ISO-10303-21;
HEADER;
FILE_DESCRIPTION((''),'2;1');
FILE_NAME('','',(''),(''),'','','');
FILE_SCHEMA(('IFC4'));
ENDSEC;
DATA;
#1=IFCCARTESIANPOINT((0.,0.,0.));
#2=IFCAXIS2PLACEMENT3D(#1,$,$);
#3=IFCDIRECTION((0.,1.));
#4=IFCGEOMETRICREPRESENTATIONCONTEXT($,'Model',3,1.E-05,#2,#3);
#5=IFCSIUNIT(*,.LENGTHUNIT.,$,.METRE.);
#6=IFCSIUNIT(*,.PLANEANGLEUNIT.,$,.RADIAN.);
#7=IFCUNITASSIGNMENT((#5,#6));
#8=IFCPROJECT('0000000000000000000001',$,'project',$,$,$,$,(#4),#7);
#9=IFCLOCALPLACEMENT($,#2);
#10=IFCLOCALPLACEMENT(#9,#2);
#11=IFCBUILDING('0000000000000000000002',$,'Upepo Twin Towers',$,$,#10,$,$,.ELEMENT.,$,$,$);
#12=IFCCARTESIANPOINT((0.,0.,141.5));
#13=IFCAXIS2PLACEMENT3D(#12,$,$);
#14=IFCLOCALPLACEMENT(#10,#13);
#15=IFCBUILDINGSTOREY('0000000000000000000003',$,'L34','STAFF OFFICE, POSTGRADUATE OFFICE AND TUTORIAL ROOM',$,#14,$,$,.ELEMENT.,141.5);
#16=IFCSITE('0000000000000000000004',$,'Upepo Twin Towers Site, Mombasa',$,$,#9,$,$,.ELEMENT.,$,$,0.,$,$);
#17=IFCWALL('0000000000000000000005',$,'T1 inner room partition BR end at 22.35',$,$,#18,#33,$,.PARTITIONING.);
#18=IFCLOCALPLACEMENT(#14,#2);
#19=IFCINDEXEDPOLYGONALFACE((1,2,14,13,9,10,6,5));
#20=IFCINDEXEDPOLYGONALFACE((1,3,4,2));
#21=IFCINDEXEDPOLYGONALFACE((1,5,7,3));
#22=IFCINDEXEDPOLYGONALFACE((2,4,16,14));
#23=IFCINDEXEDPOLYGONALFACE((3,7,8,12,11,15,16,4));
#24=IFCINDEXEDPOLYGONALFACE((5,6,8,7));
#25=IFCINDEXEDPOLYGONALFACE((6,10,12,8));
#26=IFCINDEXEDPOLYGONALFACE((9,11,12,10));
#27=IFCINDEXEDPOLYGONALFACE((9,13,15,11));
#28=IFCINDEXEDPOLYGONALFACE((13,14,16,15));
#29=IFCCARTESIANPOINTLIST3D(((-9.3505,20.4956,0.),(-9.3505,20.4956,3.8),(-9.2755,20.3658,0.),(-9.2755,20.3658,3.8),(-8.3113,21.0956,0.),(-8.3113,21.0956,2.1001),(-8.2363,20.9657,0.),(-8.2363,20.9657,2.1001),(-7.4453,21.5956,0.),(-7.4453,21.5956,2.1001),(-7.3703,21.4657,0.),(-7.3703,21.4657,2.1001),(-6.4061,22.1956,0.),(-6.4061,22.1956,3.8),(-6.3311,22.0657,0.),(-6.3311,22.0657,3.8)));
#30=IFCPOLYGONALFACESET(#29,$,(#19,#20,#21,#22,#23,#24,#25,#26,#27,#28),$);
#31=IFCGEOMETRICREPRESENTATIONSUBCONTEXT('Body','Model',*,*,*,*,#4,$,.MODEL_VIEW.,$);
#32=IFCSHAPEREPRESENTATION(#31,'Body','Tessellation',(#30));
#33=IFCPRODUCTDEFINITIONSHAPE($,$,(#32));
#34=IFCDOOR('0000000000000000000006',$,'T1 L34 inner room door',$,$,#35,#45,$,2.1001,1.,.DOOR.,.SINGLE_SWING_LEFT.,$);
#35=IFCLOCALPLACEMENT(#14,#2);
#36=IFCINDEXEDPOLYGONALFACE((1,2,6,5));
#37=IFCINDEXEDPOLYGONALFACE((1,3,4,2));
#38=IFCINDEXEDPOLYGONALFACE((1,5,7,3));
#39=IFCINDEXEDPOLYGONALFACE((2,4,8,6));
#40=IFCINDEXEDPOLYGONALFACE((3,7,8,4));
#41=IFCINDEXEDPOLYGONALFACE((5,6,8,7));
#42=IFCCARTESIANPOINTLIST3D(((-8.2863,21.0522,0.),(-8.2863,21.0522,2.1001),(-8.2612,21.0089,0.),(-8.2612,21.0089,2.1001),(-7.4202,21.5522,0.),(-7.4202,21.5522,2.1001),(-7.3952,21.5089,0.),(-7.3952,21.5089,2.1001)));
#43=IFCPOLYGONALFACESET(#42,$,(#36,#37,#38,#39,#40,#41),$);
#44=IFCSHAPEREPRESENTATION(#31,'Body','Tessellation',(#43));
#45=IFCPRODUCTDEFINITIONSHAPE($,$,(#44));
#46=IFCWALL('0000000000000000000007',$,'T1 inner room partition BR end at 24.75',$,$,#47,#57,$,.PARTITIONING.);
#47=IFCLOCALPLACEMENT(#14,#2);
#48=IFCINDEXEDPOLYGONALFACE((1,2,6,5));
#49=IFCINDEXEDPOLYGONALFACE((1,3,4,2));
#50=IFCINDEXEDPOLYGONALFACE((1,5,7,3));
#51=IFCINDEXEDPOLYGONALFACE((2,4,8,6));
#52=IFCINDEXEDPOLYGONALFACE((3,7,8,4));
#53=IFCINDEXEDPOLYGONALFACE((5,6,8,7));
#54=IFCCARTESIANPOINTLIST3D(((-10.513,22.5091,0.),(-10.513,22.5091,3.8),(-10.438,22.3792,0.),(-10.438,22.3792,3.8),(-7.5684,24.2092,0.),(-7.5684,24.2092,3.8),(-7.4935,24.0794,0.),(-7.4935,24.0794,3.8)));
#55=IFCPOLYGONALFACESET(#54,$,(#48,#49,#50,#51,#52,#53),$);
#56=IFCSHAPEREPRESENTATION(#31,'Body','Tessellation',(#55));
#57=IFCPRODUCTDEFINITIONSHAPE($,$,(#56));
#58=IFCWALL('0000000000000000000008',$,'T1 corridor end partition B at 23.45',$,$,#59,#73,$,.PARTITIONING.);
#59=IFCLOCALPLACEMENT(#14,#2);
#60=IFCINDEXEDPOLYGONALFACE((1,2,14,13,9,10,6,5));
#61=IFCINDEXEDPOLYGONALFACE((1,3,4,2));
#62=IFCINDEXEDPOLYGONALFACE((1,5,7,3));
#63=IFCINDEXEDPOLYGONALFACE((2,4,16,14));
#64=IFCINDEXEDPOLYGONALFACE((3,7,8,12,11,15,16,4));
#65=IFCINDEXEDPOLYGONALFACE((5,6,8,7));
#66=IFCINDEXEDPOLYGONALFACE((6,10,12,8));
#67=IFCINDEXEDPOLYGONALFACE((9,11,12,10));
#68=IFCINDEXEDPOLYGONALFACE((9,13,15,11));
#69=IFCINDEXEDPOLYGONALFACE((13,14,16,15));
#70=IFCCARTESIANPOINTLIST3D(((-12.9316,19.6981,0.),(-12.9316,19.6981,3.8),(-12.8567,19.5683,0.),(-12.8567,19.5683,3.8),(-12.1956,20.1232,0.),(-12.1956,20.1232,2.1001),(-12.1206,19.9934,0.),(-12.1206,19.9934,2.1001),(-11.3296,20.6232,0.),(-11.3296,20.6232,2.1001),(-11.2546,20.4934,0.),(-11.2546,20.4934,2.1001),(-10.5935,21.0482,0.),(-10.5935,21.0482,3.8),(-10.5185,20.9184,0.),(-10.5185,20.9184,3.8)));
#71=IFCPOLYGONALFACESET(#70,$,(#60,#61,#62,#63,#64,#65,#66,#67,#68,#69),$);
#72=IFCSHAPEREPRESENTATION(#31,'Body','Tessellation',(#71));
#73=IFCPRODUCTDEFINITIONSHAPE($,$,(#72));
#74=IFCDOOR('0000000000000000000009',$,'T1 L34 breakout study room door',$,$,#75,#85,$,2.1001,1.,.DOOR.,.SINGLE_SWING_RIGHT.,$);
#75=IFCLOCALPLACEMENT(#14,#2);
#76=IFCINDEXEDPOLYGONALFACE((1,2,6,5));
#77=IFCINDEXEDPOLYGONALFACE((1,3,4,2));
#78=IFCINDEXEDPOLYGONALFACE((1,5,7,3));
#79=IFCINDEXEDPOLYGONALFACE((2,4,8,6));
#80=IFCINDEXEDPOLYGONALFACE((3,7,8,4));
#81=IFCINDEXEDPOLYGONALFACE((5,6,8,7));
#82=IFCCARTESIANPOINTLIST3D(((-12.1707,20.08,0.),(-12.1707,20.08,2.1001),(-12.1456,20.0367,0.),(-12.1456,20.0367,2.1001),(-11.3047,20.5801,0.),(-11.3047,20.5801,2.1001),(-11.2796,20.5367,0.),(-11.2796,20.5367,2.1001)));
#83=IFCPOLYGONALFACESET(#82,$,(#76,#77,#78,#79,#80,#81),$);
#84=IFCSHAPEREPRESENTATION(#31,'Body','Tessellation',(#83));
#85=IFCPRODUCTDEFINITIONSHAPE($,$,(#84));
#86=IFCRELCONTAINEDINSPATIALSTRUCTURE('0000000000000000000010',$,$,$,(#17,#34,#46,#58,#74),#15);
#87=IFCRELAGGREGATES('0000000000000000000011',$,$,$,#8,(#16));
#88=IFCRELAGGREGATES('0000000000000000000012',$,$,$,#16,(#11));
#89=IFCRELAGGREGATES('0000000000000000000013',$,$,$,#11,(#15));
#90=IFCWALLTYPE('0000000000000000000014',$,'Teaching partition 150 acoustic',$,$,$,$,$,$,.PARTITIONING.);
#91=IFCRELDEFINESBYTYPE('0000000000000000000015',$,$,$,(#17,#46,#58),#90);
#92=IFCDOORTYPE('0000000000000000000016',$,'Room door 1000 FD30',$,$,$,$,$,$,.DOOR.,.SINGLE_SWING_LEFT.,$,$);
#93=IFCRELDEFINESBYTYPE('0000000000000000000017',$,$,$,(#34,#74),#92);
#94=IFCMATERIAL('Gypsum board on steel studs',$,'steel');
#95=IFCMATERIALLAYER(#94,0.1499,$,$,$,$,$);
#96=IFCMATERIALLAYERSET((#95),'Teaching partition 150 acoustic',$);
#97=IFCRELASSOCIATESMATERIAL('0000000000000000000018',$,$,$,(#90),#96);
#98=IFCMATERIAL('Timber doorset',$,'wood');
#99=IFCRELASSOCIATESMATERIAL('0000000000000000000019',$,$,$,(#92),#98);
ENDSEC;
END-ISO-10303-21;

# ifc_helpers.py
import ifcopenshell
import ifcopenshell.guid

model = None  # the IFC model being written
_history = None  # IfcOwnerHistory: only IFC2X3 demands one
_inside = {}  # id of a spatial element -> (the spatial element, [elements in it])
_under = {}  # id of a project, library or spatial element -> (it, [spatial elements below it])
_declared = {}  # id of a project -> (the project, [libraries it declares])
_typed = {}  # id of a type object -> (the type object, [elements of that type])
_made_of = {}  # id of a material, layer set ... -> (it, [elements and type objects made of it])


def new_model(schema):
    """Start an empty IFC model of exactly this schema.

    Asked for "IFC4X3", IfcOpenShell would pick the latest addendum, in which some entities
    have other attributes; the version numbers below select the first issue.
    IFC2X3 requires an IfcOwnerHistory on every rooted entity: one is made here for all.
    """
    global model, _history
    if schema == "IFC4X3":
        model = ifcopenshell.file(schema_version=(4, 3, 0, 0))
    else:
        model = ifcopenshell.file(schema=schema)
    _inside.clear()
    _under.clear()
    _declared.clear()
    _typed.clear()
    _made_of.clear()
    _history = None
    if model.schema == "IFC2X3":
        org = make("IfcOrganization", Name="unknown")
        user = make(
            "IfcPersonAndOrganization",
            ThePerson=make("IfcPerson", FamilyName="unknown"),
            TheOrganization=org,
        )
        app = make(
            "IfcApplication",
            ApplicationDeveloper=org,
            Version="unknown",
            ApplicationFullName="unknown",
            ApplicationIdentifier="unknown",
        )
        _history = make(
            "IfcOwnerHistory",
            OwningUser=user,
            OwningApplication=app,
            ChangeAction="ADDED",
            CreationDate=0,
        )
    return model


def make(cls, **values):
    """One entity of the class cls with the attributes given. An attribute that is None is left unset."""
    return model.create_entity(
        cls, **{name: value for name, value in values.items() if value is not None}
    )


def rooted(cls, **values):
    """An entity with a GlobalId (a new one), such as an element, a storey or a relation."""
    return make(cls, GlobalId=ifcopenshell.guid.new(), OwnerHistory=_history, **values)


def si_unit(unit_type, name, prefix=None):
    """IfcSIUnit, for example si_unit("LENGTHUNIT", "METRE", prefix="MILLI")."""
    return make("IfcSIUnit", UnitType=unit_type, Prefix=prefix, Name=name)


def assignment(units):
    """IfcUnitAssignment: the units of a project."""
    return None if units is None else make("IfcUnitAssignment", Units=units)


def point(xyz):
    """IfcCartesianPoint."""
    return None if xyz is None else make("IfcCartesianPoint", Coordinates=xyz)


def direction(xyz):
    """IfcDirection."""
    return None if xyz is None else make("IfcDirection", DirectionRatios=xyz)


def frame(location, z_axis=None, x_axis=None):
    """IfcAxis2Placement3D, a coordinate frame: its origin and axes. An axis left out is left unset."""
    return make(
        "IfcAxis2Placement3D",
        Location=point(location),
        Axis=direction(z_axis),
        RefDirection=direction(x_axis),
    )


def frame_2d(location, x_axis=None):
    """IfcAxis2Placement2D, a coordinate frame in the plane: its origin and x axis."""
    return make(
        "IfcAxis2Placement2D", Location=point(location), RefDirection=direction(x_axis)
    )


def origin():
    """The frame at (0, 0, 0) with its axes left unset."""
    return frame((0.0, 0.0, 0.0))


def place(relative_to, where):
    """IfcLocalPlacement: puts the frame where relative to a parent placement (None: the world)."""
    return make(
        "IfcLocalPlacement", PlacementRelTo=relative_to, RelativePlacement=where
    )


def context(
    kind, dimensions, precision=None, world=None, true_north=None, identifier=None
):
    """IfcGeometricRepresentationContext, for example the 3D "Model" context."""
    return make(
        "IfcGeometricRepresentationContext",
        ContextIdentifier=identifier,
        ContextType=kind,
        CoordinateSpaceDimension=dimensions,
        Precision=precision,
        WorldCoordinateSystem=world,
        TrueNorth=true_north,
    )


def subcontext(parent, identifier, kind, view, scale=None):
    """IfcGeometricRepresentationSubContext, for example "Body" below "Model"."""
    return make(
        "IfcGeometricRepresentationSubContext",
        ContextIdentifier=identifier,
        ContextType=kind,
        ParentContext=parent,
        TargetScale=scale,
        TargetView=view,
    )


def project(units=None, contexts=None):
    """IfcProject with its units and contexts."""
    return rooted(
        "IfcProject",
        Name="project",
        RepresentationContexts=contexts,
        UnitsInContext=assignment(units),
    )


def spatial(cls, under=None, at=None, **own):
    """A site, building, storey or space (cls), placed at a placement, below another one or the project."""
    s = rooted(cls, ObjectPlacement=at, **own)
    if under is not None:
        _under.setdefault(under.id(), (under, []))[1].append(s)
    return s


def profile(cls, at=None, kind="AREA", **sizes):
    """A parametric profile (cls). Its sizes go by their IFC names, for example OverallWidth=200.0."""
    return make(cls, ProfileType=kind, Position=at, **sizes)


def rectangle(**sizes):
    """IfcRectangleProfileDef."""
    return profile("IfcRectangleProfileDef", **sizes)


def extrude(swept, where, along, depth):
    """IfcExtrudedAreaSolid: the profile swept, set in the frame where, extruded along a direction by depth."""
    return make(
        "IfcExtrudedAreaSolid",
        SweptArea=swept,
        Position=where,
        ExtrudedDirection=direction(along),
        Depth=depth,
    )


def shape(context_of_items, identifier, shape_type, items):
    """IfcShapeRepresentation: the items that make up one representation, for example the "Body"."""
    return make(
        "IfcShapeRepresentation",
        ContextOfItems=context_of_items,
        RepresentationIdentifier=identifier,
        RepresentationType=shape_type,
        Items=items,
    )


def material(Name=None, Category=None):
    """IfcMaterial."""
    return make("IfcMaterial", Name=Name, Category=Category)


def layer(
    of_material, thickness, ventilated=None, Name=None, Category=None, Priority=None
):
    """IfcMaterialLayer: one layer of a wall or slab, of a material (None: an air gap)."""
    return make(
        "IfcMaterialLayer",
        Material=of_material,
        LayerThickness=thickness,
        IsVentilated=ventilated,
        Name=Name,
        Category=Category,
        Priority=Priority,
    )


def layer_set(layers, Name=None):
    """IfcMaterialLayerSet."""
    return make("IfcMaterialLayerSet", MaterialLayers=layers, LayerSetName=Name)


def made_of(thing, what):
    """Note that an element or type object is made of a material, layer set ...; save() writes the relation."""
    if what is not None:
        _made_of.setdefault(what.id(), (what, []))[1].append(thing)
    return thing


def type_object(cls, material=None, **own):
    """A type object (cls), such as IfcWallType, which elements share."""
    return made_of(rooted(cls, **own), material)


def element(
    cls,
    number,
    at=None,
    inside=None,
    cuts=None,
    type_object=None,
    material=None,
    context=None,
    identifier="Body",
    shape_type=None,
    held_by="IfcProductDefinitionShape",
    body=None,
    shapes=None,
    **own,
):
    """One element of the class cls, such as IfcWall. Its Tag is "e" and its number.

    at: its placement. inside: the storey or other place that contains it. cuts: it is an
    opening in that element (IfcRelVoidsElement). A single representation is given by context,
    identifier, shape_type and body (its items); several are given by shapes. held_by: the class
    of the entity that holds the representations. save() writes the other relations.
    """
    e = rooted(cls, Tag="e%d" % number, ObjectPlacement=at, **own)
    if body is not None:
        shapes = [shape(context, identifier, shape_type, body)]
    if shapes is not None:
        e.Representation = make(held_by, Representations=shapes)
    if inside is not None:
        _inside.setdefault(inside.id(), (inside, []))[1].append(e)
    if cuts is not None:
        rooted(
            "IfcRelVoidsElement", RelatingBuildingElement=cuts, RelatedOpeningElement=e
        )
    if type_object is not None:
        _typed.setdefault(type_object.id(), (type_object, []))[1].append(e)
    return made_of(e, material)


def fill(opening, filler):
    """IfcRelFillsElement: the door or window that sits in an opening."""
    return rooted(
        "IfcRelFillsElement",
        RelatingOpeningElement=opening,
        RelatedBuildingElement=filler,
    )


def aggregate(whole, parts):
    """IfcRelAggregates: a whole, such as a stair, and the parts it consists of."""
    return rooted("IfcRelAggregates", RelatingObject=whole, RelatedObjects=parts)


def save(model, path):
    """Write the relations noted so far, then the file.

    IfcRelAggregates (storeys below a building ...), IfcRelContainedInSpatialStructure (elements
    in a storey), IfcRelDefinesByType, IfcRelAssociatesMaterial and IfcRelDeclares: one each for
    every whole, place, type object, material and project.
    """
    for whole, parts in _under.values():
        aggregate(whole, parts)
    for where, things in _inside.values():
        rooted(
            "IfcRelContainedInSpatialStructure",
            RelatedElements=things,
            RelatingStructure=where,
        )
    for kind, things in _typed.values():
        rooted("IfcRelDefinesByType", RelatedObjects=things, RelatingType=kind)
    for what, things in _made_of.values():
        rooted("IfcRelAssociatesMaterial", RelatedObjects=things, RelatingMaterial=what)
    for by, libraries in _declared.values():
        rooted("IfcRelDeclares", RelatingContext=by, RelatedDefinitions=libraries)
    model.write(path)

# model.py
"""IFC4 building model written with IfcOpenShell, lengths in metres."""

from ifc_helpers import new_model, si_unit, direction, frame, frame_2d, origin, place, context, subcontext, project, spatial, rectangle, extrude, material, layer, layer_set, type_object, element, fill, save


model = new_model("IFC4")

# Units and contexts
model_context = context("Model", 3, precision=1e-05, world=origin(), true_north=direction((0.0, 1.0)))
body_context = subcontext(model_context, "Body", "Model", "MODEL_VIEW")
ifc_project = project(units=[si_unit("LENGTHUNIT", "METRE"), si_unit("PLANEANGLEUNIT", "RADIAN")], contexts=[model_context])

# Site, building, storey
site_placement = place(None, origin())
site = spatial("IfcSite", under=ifc_project, at=site_placement, Name="Upepo Twin Towers Site, Mombasa", CompositionType="ELEMENT", RefElevation=0.0)
building_placement = place(site_placement, origin())
building = spatial("IfcBuilding", under=site, at=building_placement, Name="Upepo Twin Towers", CompositionType="ELEMENT")
storey_placement = place(building_placement, frame((0.0, 0.0, 141.5)))
storey = spatial("IfcBuildingStorey", under=building, at=storey_placement, Name="L34", Description="STAFF OFFICE, POSTGRADUATE OFFICE AND TUTORIAL ROOM", CompositionType="ELEMENT", Elevation=141.5)

# Shared definitions
ifc_material_1 = material(Name="Gypsum board on steel studs", Category="steel")
ifc_layer_1 = layer(ifc_material_1, 0.1499)
ifc_layer_set_1 = layer_set([ifc_layer_1], Name="Teaching partition 150 acoustic")
wall_type_1 = type_object("IfcWallType", Name="Teaching partition 150 acoustic", PredefinedType="PARTITIONING", material=ifc_layer_set_1)
ifc_material_2 = material(Name="Timber doorset", Category="wood")
door_type = type_object("IfcDoorType", Name="Room door 1000 FD30", OperationType="SINGLE_SWING_LEFT", PredefinedType="DOOR", material=ifc_material_2)

# Wall, opening, door
wall_1_placement = place(storey_placement, frame((-9.313, 20.4307, 0.0), z_axis=(0.0, 0.0, 1.0), x_axis=(0.866021, 0.500008, 0.0)))
wall_1 = element("IfcWall", 1, at=wall_1_placement, inside=storey, type_object=wall_type_1, Name="T1 inner room partition BR end at 22.35", PredefinedType="PARTITIONING", context=body_context, shape_type="SweptSolid", body=[
    extrude(rectangle(XDim=3.3999, YDim=0.1499, at=frame_2d((1.7, 0.0))), origin(), (0.0, 0.0, 1.0), 3.8),
])
opening_1_placement = place(wall_1_placement, frame((1.2, 0.0, 0.0)))
opening_1 = element("IfcOpeningElement", 2, at=opening_1_placement, cuts=wall_1, PredefinedType="OPENING", context=body_context, shape_type="SweptSolid", body=[
    extrude(rectangle(XDim=1.0, YDim=2.1001, at=frame_2d((0.5, 1.05))), frame((0.0, 0.085, 0.0), z_axis=(0.0, -1.0, 0.0), x_axis=(1.0, 0.0, 0.0)), (0.0, 0.0, 1.0), 0.1699),
])
door_1_placement = place(opening_1_placement, origin())
door_1 = element("IfcDoor", 3, at=door_1_placement, inside=storey, type_object=door_type, Name="T1 L34 inner room door", OperationType="SINGLE_SWING_LEFT", OverallHeight=2.1001, OverallWidth=1.0, PredefinedType="DOOR", context=body_context, shape_type="SweptSolid", body=[
    extrude(rectangle(XDim=1.0, YDim=2.1001, at=frame_2d((0.5, 1.05))), frame((0.0, 0.0249, 0.0), z_axis=(0.0, -1.0, 0.0), x_axis=(1.0, 0.0, 0.0)), (0.0, 0.0, 1.0), 0.05),
])
fill(opening_1, door_1)

# Wall
wall_2_placement = place(storey_placement, frame((-10.4756, 22.4441, 0.0), z_axis=(0.0, 0.0, 1.0), x_axis=(0.866007, 0.500031, 0.0)))
element("IfcWall", 4, at=wall_2_placement, inside=storey, type_object=wall_type_1, Name="T1 inner room partition BR end at 24.75", PredefinedType="PARTITIONING", context=body_context, shape_type="SweptSolid", body=[
    extrude(rectangle(XDim=3.4001, YDim=0.1499, at=frame_2d((1.7002, 0.0))), origin(), (0.0, 0.0, 1.0), 3.8),
])

# Wall, opening, door
wall_3_placement = place(storey_placement, frame((-10.5559, 20.9834, 0.0), z_axis=(0.0, 0.0, 1.0), x_axis=(-0.865997, -0.500049, 0.0)))
wall_3 = element("IfcWall", 5, at=wall_3_placement, inside=storey, type_object=wall_type_1, Name="T1 corridor end partition B at 23.45", PredefinedType="PARTITIONING", context=body_context, shape_type="SweptSolid", body=[
    extrude(rectangle(XDim=2.7, YDim=0.1499, at=frame_2d((1.3501, 0.0))), origin(), (0.0, 0.0, 1.0), 3.8),
])
opening_2_placement = place(wall_3_placement, frame((0.8501, 0.0, 0.0)))
opening_2 = element("IfcOpeningElement", 6, at=opening_2_placement, cuts=wall_3, PredefinedType="OPENING", context=body_context, shape_type="SweptSolid", body=[
    extrude(rectangle(XDim=1.0, YDim=2.1001, at=frame_2d((0.5, 1.05))), frame((0.0, 0.085, 0.0), z_axis=(0.0, -1.0, 0.0), x_axis=(1.0, 0.0, 0.0)), (0.0, 0.0, 1.0), 0.1699),
])
door_2_placement = place(opening_2_placement, origin())
door_2 = element("IfcDoor", 7, at=door_2_placement, inside=storey, type_object=door_type, Name="T1 L34 breakout study room door", OperationType="SINGLE_SWING_RIGHT", OverallHeight=2.1001, OverallWidth=1.0, PredefinedType="DOOR", context=body_context, shape_type="SweptSolid", body=[
    extrude(rectangle(XDim=1.0, YDim=2.1001, at=frame_2d((0.5, 1.05))), frame((0.0, 0.0249, 0.0), z_axis=(0.0, -1.0, 0.0), x_axis=(1.0, 0.0, 0.0)), (0.0, 0.0, 1.0), 0.05),
])
fill(opening_2, door_2)

save(model, "model.ifc")
